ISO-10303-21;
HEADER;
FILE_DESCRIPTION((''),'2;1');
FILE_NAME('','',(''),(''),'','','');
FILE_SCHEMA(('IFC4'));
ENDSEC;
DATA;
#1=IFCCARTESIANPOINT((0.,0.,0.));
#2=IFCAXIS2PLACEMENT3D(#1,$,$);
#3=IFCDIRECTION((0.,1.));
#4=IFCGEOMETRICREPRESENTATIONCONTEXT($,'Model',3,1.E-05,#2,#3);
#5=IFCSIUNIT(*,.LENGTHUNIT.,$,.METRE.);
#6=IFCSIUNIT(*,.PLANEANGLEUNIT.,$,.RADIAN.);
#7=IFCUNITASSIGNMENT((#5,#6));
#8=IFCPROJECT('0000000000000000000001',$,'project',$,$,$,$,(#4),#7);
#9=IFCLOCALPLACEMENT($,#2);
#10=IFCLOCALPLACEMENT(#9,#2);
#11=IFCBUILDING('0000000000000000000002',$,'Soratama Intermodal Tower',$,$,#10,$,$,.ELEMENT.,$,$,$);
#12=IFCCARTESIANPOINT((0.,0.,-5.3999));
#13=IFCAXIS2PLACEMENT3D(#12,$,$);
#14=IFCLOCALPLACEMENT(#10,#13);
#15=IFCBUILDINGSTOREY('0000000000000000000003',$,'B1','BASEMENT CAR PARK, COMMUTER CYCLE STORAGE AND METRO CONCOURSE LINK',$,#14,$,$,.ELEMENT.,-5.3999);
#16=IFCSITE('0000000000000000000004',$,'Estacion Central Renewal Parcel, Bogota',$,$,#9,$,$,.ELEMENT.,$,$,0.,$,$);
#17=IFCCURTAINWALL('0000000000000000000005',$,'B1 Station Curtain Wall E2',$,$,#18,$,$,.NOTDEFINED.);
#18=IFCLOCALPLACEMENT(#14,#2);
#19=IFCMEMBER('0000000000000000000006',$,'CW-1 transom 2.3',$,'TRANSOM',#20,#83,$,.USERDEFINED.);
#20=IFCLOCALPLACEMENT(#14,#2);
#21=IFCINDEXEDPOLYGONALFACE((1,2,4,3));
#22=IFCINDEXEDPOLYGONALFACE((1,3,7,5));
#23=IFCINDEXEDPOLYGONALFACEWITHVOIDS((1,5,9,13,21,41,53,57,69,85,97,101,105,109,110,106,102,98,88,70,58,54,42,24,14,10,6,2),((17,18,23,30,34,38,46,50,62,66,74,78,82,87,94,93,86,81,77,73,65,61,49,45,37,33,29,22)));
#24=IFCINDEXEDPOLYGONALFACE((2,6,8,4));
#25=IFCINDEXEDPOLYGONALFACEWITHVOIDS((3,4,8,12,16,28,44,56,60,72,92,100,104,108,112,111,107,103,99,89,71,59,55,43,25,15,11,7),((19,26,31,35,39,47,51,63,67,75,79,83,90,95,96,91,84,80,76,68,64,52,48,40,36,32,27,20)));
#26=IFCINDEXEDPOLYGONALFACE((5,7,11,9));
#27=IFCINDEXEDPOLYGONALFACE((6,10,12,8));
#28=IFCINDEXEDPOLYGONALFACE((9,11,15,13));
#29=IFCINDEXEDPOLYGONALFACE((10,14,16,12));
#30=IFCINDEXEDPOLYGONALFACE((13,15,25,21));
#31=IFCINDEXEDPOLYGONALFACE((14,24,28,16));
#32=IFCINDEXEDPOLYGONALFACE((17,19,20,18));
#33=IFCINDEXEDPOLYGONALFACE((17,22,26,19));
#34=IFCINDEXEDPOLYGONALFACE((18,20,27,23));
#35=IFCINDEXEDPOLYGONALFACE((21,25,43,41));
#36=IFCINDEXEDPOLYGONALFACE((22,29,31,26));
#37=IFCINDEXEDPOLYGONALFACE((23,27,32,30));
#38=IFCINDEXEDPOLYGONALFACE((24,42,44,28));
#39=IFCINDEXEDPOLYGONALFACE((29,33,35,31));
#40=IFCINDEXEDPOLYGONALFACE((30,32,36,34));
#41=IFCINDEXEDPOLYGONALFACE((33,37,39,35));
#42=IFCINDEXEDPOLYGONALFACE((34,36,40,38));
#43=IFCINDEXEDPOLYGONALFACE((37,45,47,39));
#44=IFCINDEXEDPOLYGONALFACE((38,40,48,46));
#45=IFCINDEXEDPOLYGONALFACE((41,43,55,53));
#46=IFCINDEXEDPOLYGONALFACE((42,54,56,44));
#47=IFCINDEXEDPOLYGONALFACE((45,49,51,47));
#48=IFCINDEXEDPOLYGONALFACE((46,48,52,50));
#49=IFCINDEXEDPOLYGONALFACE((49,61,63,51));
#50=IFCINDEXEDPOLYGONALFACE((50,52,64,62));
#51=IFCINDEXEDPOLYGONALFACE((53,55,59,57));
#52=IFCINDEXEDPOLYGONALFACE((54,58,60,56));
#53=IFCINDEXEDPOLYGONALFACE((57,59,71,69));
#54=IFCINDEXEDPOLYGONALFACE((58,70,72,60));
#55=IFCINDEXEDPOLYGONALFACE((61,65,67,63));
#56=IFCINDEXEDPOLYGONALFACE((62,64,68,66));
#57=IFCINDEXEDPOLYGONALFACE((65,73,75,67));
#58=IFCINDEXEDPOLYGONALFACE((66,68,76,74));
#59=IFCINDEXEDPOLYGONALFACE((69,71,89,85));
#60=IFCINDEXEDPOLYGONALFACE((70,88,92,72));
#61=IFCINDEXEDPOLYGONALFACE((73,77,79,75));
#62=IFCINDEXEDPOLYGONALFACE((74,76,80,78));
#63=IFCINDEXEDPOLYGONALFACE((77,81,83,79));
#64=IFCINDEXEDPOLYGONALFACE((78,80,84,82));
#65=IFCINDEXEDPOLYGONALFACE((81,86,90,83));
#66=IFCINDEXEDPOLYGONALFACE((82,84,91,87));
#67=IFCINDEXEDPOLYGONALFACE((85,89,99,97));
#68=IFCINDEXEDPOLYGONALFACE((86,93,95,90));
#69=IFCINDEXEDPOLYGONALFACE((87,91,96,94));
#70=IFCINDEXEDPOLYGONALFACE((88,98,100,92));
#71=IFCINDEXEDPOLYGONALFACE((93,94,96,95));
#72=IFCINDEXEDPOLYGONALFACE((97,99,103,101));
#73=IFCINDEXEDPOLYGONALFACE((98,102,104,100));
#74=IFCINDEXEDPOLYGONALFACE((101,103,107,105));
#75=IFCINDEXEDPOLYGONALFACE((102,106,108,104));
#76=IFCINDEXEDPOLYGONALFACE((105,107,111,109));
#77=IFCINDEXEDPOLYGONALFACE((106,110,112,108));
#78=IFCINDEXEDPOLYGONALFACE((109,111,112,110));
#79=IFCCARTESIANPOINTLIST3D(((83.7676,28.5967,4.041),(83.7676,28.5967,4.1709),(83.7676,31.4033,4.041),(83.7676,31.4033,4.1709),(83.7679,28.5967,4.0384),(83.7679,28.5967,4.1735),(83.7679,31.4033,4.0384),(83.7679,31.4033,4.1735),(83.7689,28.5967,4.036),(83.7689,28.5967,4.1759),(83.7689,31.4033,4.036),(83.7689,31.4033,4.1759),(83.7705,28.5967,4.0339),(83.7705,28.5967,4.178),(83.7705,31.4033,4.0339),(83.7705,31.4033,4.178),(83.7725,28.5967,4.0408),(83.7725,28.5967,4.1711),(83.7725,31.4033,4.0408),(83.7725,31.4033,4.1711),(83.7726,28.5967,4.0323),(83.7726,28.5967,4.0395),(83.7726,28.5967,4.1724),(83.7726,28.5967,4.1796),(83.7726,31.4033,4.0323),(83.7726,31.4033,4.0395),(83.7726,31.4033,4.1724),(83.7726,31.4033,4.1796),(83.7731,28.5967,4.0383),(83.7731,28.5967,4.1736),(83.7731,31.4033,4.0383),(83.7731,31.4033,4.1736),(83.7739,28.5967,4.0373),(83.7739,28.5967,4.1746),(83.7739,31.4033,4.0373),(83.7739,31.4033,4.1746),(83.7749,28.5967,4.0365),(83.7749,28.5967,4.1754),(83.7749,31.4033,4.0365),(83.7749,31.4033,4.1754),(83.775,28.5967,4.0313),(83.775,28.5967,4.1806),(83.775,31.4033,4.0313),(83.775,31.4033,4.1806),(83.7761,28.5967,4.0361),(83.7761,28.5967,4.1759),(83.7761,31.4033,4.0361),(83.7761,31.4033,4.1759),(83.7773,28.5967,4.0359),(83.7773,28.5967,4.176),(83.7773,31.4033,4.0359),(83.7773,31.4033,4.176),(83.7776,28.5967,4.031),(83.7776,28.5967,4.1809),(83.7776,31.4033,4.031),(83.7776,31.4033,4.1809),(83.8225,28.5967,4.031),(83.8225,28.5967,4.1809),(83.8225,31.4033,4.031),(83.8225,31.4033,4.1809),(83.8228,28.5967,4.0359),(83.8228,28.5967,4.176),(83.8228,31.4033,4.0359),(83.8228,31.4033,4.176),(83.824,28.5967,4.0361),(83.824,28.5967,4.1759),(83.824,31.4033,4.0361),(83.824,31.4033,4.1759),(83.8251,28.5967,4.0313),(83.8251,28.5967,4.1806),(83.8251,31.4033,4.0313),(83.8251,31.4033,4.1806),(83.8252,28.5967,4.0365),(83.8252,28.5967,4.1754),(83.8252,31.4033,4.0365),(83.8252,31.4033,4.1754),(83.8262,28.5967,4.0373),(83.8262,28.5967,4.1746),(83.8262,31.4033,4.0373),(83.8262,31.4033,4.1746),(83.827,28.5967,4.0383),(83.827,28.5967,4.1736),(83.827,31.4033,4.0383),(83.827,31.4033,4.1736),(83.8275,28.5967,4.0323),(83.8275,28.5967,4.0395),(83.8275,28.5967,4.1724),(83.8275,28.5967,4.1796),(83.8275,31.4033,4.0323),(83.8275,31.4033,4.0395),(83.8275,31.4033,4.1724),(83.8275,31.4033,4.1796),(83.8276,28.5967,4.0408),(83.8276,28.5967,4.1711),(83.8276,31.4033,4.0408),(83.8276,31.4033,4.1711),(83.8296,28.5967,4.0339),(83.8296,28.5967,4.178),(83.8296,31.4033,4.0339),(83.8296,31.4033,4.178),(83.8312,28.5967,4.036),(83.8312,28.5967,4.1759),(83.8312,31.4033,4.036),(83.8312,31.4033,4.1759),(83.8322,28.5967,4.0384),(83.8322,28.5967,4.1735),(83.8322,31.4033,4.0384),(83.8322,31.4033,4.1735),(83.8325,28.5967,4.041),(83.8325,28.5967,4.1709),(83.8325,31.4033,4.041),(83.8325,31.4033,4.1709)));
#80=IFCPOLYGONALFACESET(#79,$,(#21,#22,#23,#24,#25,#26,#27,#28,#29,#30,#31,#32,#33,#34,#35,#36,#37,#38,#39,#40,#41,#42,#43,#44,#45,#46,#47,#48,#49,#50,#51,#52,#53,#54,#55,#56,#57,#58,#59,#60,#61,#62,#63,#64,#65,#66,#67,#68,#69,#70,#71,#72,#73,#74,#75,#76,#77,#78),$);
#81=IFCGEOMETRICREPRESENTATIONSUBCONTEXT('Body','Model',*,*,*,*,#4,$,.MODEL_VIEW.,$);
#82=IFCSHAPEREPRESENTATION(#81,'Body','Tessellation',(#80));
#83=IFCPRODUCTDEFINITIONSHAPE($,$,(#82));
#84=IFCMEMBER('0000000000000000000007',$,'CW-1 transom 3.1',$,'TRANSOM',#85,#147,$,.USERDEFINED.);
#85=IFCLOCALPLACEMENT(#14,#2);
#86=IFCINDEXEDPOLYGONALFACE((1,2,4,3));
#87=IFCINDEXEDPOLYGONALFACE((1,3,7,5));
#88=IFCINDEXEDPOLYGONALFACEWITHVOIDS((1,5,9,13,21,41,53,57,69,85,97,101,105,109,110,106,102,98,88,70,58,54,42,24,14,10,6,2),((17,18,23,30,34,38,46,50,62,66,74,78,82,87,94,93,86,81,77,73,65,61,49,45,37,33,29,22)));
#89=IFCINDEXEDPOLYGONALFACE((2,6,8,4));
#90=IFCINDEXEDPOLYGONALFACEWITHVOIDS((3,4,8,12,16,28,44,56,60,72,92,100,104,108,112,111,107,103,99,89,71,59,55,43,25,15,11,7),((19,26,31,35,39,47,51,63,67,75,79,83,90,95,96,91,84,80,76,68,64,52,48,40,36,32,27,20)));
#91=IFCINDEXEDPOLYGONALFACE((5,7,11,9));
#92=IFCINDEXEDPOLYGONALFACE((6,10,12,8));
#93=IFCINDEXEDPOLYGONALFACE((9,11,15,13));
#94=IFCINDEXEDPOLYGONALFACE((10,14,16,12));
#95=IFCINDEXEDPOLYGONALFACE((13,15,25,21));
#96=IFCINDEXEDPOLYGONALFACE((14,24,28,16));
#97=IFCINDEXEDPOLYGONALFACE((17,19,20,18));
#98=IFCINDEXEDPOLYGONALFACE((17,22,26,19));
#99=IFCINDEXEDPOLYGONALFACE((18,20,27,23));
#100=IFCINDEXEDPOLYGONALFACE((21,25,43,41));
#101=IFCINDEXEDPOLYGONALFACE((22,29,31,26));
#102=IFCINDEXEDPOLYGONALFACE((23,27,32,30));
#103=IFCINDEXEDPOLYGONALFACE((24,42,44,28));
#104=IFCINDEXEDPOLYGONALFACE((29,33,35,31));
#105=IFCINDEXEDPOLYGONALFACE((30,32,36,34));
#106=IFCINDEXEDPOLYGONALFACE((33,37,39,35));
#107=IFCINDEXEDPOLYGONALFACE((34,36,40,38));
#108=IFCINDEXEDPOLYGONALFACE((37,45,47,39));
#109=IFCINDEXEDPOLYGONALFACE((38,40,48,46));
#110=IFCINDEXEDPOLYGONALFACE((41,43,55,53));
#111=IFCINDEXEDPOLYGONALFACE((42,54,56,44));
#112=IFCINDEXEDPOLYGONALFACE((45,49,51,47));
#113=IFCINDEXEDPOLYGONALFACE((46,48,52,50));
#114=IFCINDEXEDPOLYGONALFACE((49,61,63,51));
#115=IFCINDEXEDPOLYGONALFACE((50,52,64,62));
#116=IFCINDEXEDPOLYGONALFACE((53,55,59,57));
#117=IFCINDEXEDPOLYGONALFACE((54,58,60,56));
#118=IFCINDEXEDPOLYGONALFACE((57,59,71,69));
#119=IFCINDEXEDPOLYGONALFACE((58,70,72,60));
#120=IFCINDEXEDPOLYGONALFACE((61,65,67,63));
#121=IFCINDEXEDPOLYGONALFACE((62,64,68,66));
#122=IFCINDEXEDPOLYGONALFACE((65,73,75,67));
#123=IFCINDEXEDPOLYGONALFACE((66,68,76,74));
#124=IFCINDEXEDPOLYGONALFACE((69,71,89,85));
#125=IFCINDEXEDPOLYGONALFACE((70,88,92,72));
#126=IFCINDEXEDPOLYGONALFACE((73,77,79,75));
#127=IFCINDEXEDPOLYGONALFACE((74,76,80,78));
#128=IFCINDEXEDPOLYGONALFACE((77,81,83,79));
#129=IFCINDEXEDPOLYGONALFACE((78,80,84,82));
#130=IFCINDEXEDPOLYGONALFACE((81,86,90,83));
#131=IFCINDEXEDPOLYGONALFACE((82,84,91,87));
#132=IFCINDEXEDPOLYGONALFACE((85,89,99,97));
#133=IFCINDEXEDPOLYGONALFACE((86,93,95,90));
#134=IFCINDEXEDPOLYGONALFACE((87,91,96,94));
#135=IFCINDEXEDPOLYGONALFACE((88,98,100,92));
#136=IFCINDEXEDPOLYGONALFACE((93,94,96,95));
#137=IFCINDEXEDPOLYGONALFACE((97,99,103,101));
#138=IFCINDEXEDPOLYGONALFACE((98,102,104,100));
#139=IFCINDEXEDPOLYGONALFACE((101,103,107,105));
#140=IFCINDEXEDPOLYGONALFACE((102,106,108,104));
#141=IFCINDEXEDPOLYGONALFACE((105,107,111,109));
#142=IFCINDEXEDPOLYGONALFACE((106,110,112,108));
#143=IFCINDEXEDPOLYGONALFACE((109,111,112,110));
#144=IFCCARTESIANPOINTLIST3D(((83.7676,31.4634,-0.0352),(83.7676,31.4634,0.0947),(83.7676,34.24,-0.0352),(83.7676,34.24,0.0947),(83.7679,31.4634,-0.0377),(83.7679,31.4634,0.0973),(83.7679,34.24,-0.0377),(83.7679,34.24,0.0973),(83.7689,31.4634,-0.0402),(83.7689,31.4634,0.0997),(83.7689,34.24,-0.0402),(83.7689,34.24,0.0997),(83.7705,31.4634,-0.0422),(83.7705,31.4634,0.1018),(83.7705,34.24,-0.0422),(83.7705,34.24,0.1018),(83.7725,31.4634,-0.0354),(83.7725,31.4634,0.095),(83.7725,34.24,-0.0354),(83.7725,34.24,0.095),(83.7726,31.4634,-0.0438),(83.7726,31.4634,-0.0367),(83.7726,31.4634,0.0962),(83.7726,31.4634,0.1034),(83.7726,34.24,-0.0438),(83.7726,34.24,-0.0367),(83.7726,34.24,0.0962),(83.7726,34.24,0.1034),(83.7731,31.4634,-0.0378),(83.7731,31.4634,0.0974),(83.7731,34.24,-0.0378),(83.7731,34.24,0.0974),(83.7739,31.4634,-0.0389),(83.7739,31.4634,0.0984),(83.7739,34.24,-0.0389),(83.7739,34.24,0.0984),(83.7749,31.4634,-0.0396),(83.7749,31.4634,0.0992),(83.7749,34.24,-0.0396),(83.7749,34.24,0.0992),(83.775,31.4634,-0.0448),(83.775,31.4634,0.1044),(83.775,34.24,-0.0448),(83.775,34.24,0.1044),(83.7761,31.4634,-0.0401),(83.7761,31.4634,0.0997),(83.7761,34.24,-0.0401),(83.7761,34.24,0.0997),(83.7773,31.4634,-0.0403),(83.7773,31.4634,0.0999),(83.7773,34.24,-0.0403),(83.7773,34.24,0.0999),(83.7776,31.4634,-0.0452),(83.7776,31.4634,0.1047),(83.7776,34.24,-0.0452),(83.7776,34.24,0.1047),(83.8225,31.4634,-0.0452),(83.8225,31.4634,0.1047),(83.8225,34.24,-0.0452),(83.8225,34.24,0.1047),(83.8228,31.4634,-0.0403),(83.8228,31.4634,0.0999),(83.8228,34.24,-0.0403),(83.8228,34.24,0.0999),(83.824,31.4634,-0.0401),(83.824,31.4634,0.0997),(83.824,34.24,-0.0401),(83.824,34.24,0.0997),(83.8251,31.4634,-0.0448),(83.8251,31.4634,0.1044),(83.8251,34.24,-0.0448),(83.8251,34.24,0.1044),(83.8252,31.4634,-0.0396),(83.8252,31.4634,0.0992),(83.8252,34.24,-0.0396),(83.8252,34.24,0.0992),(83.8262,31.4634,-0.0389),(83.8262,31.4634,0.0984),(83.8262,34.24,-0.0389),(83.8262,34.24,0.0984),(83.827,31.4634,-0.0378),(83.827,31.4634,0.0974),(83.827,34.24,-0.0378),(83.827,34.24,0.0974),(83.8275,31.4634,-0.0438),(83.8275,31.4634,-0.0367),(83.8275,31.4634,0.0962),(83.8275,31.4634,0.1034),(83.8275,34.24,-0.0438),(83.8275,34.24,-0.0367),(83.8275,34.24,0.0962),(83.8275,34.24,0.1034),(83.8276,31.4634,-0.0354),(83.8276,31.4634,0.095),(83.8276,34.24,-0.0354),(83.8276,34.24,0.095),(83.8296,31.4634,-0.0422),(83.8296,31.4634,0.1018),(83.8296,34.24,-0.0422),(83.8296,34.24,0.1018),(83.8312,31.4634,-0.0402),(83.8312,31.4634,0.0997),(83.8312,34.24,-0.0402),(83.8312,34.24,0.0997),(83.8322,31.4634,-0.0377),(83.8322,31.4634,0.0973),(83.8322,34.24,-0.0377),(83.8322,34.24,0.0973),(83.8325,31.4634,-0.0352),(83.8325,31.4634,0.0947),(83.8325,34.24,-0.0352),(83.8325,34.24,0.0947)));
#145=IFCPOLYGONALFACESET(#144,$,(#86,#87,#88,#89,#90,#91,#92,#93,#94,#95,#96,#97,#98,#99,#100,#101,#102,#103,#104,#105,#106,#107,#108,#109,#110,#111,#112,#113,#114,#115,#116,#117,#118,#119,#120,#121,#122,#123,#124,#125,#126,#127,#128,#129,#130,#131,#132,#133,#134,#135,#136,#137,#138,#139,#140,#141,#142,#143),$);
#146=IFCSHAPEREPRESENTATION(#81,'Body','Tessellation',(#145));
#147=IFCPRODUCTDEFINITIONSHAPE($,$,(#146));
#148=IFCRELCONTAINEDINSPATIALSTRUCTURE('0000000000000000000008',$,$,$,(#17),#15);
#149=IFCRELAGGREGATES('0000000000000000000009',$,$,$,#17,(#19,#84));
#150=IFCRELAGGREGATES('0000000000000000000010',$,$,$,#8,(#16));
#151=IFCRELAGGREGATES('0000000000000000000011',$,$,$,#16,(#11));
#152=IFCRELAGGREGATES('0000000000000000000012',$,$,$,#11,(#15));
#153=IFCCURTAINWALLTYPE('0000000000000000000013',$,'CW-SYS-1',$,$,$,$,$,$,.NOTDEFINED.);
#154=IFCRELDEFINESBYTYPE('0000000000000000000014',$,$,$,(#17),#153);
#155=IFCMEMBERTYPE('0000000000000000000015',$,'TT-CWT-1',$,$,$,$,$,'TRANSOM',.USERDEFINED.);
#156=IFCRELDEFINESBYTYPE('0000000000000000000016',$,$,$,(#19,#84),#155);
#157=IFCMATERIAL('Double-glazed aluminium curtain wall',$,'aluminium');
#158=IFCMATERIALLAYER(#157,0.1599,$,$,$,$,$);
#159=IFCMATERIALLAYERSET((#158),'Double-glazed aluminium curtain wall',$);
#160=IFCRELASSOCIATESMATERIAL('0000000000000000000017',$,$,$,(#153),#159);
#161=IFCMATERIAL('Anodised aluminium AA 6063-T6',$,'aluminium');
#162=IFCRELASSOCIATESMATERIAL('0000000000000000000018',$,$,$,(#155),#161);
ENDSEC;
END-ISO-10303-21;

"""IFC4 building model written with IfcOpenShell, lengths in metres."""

from ifc_helpers import new_model, si_unit, direction, frame, origin, origin_2d, place, context, subcontext, project, spatial, hollow_rectangle, extrude, material, layer, layer_set, material_profile, profile_set, type_object, element, aggregate, save


model = new_model("IFC4")

# Units and contexts
model_context = context("Model", 3, precision=1e-05, world=origin(), true_north=direction((0.0, 1.0)))
body_context = subcontext(model_context, "Body", "Model", "MODEL_VIEW")
ifc_project = project(units=[si_unit("LENGTHUNIT", "METRE"), si_unit("PLANEANGLEUNIT", "RADIAN")], contexts=[model_context])

# Site, building, storey
site_placement = place(None, origin())
site = spatial("IfcSite", under=ifc_project, at=site_placement, Name="Estacion Central Renewal Parcel, Bogota", CompositionType="ELEMENT", RefElevation=0.0)
building_placement = place(site_placement, origin())
building = spatial("IfcBuilding", under=site, at=building_placement, Name="Soratama Intermodal Tower", CompositionType="ELEMENT")
storey_placement = place(building_placement, frame((0.0, 0.0, -5.3999)))
storey = spatial("IfcBuildingStorey", under=building, at=storey_placement, Name="B1", Description="BASEMENT CAR PARK, COMMUTER CYCLE STORAGE AND METRO CONCOURSE LINK", CompositionType="ELEMENT", Elevation=-5.3999)

# Curtain wall, members
ifc_material_1 = material(Name="Double-glazed aluminium curtain wall", Category="aluminium")
ifc_layer_1 = layer(ifc_material_1, 0.1599)
ifc_layer_set_1 = layer_set([ifc_layer_1], Name="Double-glazed aluminium curtain wall")
curtain_wall_type = type_object("IfcCurtainWallType", Name="CW-SYS-1", PredefinedType="NOTDEFINED", material=ifc_layer_set_1)
curtain_wall_placement = place(storey_placement, origin())
curtain_wall = element("IfcCurtainWall", 1, at=curtain_wall_placement, inside=storey, type_object=curtain_wall_type, Name="B1 Station Curtain Wall E2", PredefinedType="NOTDEFINED")
ifc_material_2 = material(Name="Anodised aluminium AA 6063-T6", Category="aluminium")
ifc_material_profile_1 = material_profile(ifc_material_2, hollow_rectangle(XDim=0.0649, YDim=0.1499, WallThickness=0.0049, InnerFilletRadius=0.0049, OuterFilletRadius=0.01, at=origin_2d()), Name="CWT150X65X5")
ifc_profile_set_1 = profile_set([ifc_material_profile_1], Name="Anodised aluminium AA 6063-T6")
member_type_1 = type_object("IfcMemberType", Name="TT-CWT-1", ElementType="TRANSOM", PredefinedType="USERDEFINED", material=ifc_profile_set_1)
member_1_placement = place(storey_placement, frame((83.8, 28.5967, 4.106), z_axis=(0.0, 1.0, 0.0), x_axis=(-1.0, 0.0, 0.0)))
member_1 = element("IfcMember", 2, at=member_1_placement, type_object=member_type_1, Name="CW-1 transom 2.3", ObjectType="TRANSOM", PredefinedType="USERDEFINED", context=body_context, shape_type="SweptSolid", body=[
    extrude(hollow_rectangle(XDim=0.0649, YDim=0.1499, WallThickness=0.0049, InnerFilletRadius=0.0049, OuterFilletRadius=0.01, at=origin_2d()), origin(), (0.0, 0.0, 1.0), 2.8066),
])
member_2_placement = place(storey_placement, frame((83.8, 31.4634, 0.0298), z_axis=(0.0, 1.0, 0.0), x_axis=(-1.0, 0.0, 0.0)))
member_2 = element("IfcMember", 3, at=member_2_placement, type_object=member_type_1, Name="CW-1 transom 3.1", ObjectType="TRANSOM", PredefinedType="USERDEFINED", context=body_context, shape_type="SweptSolid", body=[
    extrude(hollow_rectangle(XDim=0.0649, YDim=0.1499, WallThickness=0.0049, InnerFilletRadius=0.0049, OuterFilletRadius=0.01, at=origin_2d()), origin(), (0.0, 0.0, 1.0), 2.7766),
])
aggregate(curtain_wall, [member_1, member_2])

save(model, "model.ifc")
